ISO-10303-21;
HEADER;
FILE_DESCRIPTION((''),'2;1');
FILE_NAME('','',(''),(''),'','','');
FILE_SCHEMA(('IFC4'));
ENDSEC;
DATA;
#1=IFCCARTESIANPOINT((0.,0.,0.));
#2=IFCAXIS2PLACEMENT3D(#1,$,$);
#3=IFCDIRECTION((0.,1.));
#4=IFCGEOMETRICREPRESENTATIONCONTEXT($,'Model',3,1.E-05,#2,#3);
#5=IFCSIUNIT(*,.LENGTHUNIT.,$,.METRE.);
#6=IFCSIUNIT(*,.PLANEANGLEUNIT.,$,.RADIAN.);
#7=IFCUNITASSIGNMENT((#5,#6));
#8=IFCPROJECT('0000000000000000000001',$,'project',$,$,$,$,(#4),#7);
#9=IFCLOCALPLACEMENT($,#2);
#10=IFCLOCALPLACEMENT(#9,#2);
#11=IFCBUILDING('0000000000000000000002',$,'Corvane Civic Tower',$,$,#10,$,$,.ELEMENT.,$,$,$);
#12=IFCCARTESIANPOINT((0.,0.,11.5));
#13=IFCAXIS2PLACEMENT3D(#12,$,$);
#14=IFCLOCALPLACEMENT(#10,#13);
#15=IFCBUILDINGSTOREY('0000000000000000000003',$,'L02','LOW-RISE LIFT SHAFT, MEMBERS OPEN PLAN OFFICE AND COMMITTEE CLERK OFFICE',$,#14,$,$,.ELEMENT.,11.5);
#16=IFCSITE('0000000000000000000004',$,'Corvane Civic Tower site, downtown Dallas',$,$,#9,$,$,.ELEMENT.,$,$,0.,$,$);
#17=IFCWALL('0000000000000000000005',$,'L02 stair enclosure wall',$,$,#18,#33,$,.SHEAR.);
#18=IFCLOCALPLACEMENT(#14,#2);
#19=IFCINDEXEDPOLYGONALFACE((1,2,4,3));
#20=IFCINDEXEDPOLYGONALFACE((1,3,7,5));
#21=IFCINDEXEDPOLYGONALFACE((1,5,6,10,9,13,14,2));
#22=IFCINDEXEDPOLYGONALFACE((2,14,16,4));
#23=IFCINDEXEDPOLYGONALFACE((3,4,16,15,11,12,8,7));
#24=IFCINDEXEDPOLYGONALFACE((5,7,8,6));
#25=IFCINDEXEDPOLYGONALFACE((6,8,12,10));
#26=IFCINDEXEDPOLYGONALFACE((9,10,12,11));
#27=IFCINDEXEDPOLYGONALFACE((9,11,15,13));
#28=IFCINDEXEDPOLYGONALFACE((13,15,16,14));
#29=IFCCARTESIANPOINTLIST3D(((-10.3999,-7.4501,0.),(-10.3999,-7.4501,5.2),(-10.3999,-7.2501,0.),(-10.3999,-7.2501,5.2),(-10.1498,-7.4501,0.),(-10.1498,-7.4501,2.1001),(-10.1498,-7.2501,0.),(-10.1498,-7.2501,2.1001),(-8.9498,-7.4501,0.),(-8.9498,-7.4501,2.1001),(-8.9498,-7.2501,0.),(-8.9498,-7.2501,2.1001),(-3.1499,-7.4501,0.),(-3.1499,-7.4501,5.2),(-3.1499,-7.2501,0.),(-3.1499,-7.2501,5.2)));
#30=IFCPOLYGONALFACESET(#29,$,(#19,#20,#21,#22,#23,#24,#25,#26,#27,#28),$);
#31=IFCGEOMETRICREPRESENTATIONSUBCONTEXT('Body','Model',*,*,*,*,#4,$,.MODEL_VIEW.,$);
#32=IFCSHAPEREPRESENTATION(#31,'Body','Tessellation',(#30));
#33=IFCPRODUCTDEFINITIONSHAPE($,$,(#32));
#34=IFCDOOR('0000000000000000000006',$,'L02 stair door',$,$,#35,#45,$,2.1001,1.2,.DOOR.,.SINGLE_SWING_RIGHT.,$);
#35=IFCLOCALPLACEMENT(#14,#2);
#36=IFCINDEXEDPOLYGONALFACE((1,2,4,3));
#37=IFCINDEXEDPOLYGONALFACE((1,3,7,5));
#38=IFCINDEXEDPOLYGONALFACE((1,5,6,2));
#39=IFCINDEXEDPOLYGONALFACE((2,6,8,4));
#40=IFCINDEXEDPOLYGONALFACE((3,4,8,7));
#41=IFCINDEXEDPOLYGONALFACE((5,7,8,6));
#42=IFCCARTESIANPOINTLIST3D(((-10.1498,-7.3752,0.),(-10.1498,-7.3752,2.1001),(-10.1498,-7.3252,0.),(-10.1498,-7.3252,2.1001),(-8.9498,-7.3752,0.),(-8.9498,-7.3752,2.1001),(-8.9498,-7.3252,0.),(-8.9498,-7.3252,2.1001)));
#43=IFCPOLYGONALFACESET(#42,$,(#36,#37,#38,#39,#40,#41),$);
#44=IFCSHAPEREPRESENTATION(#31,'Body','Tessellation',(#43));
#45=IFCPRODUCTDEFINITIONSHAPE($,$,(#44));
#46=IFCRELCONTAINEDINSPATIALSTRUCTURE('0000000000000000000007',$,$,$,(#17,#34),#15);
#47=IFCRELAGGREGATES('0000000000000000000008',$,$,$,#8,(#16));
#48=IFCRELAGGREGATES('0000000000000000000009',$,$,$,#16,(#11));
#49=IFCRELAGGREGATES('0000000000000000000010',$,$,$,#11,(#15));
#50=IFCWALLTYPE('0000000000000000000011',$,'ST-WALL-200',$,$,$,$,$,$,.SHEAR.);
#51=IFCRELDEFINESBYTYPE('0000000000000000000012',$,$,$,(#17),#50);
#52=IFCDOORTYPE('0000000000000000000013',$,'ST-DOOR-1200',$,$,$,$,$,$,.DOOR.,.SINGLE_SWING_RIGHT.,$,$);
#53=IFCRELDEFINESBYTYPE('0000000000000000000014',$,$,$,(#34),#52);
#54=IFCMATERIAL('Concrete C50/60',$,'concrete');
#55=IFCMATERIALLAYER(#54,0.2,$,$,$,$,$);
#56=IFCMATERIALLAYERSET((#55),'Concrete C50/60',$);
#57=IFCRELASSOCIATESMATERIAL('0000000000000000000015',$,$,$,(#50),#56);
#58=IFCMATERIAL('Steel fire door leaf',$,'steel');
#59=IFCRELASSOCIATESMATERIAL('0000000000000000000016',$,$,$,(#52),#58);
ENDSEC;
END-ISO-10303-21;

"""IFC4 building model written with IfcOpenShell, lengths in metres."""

from ifc_helpers import new_model, si_unit, direction, frame, frame_2d, origin, place, context, subcontext, project, spatial, rectangle, extrude, material, layer, layer_set, type_object, element, fill, save


model = new_model("IFC4")

# Units and contexts
model_context = context("Model", 3, precision=1e-05, world=origin(), true_north=direction((0.0, 1.0)))
body_context = subcontext(model_context, "Body", "Model", "MODEL_VIEW")
ifc_project = project(units=[si_unit("LENGTHUNIT", "METRE"), si_unit("PLANEANGLEUNIT", "RADIAN")], contexts=[model_context])

# Site, building, storey
site_placement = place(None, origin())
site = spatial("IfcSite", under=ifc_project, at=site_placement, Name="Corvane Civic Tower site, downtown Dallas", CompositionType="ELEMENT", RefElevation=0.0)
building_placement = place(site_placement, origin())
building = spatial("IfcBuilding", under=site, at=building_placement, Name="Corvane Civic Tower", CompositionType="ELEMENT")
storey_placement = place(building_placement, frame((0.0, 0.0, 11.5)))
storey = spatial("IfcBuildingStorey", under=building, at=storey_placement, Name="L02", Description="LOW-RISE LIFT SHAFT, MEMBERS OPEN PLAN OFFICE AND COMMITTEE CLERK OFFICE", CompositionType="ELEMENT", Elevation=11.5)

# Wall, opening, door
ifc_material_1 = material(Name="Concrete C50/60", Category="concrete")
ifc_layer_1 = layer(ifc_material_1, 0.2)
ifc_layer_set_1 = layer_set([ifc_layer_1], Name="Concrete C50/60")
wall_type_1 = type_object("IfcWallType", Name="ST-WALL-200", PredefinedType="SHEAR", material=ifc_layer_set_1)
wall_1_placement = place(storey_placement, frame((-10.3999, -7.3501, 0.0), z_axis=(0.0, 0.0, 1.0), x_axis=(1.0, 0.0, 0.0)))
wall_1 = element("IfcWall", 1, at=wall_1_placement, inside=storey, type_object=wall_type_1, Name="L02 stair enclosure wall", PredefinedType="SHEAR", context=body_context, shape_type="SweptSolid", body=[
    extrude(rectangle(XDim=7.25, YDim=0.2, at=frame_2d((3.625, 0.0))), origin(), (0.0, 0.0, 1.0), 5.2),
])
opening_1_placement = place(wall_1_placement, frame((0.25, 0.0, 0.0)))
opening_1 = element("IfcOpeningElement", 2, at=opening_1_placement, cuts=wall_1, PredefinedType="OPENING", context=body_context, shape_type="SweptSolid", body=[
    extrude(rectangle(XDim=1.2, YDim=2.1001, at=frame_2d((0.6001, 1.05))), frame((0.0, 0.1099, 0.0), z_axis=(0.0, -1.0, 0.0), x_axis=(1.0, 0.0, 0.0)), (0.0, 0.0, 1.0), 0.22),
])
ifc_material_2 = material(Name="Steel fire door leaf", Category="steel")
door_type_1 = type_object("IfcDoorType", Name="ST-DOOR-1200", OperationType="SINGLE_SWING_RIGHT", PredefinedType="DOOR", material=ifc_material_2)
door_1_placement = place(opening_1_placement, origin())
door_1 = element("IfcDoor", 3, at=door_1_placement, inside=storey, type_object=door_type_1, Name="L02 stair door", OperationType="SINGLE_SWING_RIGHT", OverallHeight=2.1001, OverallWidth=1.2, PredefinedType="DOOR", context=body_context, shape_type="SweptSolid", body=[
    extrude(rectangle(XDim=1.2, YDim=2.1001, at=frame_2d((0.6001, 1.05))), frame((0.0, 0.0249, 0.0), z_axis=(0.0, -1.0, 0.0), x_axis=(1.0, 0.0, 0.0)), (0.0, 0.0, 1.0), 0.05),
])
fill(opening_1, door_1)

save(model, "model.ifc")
